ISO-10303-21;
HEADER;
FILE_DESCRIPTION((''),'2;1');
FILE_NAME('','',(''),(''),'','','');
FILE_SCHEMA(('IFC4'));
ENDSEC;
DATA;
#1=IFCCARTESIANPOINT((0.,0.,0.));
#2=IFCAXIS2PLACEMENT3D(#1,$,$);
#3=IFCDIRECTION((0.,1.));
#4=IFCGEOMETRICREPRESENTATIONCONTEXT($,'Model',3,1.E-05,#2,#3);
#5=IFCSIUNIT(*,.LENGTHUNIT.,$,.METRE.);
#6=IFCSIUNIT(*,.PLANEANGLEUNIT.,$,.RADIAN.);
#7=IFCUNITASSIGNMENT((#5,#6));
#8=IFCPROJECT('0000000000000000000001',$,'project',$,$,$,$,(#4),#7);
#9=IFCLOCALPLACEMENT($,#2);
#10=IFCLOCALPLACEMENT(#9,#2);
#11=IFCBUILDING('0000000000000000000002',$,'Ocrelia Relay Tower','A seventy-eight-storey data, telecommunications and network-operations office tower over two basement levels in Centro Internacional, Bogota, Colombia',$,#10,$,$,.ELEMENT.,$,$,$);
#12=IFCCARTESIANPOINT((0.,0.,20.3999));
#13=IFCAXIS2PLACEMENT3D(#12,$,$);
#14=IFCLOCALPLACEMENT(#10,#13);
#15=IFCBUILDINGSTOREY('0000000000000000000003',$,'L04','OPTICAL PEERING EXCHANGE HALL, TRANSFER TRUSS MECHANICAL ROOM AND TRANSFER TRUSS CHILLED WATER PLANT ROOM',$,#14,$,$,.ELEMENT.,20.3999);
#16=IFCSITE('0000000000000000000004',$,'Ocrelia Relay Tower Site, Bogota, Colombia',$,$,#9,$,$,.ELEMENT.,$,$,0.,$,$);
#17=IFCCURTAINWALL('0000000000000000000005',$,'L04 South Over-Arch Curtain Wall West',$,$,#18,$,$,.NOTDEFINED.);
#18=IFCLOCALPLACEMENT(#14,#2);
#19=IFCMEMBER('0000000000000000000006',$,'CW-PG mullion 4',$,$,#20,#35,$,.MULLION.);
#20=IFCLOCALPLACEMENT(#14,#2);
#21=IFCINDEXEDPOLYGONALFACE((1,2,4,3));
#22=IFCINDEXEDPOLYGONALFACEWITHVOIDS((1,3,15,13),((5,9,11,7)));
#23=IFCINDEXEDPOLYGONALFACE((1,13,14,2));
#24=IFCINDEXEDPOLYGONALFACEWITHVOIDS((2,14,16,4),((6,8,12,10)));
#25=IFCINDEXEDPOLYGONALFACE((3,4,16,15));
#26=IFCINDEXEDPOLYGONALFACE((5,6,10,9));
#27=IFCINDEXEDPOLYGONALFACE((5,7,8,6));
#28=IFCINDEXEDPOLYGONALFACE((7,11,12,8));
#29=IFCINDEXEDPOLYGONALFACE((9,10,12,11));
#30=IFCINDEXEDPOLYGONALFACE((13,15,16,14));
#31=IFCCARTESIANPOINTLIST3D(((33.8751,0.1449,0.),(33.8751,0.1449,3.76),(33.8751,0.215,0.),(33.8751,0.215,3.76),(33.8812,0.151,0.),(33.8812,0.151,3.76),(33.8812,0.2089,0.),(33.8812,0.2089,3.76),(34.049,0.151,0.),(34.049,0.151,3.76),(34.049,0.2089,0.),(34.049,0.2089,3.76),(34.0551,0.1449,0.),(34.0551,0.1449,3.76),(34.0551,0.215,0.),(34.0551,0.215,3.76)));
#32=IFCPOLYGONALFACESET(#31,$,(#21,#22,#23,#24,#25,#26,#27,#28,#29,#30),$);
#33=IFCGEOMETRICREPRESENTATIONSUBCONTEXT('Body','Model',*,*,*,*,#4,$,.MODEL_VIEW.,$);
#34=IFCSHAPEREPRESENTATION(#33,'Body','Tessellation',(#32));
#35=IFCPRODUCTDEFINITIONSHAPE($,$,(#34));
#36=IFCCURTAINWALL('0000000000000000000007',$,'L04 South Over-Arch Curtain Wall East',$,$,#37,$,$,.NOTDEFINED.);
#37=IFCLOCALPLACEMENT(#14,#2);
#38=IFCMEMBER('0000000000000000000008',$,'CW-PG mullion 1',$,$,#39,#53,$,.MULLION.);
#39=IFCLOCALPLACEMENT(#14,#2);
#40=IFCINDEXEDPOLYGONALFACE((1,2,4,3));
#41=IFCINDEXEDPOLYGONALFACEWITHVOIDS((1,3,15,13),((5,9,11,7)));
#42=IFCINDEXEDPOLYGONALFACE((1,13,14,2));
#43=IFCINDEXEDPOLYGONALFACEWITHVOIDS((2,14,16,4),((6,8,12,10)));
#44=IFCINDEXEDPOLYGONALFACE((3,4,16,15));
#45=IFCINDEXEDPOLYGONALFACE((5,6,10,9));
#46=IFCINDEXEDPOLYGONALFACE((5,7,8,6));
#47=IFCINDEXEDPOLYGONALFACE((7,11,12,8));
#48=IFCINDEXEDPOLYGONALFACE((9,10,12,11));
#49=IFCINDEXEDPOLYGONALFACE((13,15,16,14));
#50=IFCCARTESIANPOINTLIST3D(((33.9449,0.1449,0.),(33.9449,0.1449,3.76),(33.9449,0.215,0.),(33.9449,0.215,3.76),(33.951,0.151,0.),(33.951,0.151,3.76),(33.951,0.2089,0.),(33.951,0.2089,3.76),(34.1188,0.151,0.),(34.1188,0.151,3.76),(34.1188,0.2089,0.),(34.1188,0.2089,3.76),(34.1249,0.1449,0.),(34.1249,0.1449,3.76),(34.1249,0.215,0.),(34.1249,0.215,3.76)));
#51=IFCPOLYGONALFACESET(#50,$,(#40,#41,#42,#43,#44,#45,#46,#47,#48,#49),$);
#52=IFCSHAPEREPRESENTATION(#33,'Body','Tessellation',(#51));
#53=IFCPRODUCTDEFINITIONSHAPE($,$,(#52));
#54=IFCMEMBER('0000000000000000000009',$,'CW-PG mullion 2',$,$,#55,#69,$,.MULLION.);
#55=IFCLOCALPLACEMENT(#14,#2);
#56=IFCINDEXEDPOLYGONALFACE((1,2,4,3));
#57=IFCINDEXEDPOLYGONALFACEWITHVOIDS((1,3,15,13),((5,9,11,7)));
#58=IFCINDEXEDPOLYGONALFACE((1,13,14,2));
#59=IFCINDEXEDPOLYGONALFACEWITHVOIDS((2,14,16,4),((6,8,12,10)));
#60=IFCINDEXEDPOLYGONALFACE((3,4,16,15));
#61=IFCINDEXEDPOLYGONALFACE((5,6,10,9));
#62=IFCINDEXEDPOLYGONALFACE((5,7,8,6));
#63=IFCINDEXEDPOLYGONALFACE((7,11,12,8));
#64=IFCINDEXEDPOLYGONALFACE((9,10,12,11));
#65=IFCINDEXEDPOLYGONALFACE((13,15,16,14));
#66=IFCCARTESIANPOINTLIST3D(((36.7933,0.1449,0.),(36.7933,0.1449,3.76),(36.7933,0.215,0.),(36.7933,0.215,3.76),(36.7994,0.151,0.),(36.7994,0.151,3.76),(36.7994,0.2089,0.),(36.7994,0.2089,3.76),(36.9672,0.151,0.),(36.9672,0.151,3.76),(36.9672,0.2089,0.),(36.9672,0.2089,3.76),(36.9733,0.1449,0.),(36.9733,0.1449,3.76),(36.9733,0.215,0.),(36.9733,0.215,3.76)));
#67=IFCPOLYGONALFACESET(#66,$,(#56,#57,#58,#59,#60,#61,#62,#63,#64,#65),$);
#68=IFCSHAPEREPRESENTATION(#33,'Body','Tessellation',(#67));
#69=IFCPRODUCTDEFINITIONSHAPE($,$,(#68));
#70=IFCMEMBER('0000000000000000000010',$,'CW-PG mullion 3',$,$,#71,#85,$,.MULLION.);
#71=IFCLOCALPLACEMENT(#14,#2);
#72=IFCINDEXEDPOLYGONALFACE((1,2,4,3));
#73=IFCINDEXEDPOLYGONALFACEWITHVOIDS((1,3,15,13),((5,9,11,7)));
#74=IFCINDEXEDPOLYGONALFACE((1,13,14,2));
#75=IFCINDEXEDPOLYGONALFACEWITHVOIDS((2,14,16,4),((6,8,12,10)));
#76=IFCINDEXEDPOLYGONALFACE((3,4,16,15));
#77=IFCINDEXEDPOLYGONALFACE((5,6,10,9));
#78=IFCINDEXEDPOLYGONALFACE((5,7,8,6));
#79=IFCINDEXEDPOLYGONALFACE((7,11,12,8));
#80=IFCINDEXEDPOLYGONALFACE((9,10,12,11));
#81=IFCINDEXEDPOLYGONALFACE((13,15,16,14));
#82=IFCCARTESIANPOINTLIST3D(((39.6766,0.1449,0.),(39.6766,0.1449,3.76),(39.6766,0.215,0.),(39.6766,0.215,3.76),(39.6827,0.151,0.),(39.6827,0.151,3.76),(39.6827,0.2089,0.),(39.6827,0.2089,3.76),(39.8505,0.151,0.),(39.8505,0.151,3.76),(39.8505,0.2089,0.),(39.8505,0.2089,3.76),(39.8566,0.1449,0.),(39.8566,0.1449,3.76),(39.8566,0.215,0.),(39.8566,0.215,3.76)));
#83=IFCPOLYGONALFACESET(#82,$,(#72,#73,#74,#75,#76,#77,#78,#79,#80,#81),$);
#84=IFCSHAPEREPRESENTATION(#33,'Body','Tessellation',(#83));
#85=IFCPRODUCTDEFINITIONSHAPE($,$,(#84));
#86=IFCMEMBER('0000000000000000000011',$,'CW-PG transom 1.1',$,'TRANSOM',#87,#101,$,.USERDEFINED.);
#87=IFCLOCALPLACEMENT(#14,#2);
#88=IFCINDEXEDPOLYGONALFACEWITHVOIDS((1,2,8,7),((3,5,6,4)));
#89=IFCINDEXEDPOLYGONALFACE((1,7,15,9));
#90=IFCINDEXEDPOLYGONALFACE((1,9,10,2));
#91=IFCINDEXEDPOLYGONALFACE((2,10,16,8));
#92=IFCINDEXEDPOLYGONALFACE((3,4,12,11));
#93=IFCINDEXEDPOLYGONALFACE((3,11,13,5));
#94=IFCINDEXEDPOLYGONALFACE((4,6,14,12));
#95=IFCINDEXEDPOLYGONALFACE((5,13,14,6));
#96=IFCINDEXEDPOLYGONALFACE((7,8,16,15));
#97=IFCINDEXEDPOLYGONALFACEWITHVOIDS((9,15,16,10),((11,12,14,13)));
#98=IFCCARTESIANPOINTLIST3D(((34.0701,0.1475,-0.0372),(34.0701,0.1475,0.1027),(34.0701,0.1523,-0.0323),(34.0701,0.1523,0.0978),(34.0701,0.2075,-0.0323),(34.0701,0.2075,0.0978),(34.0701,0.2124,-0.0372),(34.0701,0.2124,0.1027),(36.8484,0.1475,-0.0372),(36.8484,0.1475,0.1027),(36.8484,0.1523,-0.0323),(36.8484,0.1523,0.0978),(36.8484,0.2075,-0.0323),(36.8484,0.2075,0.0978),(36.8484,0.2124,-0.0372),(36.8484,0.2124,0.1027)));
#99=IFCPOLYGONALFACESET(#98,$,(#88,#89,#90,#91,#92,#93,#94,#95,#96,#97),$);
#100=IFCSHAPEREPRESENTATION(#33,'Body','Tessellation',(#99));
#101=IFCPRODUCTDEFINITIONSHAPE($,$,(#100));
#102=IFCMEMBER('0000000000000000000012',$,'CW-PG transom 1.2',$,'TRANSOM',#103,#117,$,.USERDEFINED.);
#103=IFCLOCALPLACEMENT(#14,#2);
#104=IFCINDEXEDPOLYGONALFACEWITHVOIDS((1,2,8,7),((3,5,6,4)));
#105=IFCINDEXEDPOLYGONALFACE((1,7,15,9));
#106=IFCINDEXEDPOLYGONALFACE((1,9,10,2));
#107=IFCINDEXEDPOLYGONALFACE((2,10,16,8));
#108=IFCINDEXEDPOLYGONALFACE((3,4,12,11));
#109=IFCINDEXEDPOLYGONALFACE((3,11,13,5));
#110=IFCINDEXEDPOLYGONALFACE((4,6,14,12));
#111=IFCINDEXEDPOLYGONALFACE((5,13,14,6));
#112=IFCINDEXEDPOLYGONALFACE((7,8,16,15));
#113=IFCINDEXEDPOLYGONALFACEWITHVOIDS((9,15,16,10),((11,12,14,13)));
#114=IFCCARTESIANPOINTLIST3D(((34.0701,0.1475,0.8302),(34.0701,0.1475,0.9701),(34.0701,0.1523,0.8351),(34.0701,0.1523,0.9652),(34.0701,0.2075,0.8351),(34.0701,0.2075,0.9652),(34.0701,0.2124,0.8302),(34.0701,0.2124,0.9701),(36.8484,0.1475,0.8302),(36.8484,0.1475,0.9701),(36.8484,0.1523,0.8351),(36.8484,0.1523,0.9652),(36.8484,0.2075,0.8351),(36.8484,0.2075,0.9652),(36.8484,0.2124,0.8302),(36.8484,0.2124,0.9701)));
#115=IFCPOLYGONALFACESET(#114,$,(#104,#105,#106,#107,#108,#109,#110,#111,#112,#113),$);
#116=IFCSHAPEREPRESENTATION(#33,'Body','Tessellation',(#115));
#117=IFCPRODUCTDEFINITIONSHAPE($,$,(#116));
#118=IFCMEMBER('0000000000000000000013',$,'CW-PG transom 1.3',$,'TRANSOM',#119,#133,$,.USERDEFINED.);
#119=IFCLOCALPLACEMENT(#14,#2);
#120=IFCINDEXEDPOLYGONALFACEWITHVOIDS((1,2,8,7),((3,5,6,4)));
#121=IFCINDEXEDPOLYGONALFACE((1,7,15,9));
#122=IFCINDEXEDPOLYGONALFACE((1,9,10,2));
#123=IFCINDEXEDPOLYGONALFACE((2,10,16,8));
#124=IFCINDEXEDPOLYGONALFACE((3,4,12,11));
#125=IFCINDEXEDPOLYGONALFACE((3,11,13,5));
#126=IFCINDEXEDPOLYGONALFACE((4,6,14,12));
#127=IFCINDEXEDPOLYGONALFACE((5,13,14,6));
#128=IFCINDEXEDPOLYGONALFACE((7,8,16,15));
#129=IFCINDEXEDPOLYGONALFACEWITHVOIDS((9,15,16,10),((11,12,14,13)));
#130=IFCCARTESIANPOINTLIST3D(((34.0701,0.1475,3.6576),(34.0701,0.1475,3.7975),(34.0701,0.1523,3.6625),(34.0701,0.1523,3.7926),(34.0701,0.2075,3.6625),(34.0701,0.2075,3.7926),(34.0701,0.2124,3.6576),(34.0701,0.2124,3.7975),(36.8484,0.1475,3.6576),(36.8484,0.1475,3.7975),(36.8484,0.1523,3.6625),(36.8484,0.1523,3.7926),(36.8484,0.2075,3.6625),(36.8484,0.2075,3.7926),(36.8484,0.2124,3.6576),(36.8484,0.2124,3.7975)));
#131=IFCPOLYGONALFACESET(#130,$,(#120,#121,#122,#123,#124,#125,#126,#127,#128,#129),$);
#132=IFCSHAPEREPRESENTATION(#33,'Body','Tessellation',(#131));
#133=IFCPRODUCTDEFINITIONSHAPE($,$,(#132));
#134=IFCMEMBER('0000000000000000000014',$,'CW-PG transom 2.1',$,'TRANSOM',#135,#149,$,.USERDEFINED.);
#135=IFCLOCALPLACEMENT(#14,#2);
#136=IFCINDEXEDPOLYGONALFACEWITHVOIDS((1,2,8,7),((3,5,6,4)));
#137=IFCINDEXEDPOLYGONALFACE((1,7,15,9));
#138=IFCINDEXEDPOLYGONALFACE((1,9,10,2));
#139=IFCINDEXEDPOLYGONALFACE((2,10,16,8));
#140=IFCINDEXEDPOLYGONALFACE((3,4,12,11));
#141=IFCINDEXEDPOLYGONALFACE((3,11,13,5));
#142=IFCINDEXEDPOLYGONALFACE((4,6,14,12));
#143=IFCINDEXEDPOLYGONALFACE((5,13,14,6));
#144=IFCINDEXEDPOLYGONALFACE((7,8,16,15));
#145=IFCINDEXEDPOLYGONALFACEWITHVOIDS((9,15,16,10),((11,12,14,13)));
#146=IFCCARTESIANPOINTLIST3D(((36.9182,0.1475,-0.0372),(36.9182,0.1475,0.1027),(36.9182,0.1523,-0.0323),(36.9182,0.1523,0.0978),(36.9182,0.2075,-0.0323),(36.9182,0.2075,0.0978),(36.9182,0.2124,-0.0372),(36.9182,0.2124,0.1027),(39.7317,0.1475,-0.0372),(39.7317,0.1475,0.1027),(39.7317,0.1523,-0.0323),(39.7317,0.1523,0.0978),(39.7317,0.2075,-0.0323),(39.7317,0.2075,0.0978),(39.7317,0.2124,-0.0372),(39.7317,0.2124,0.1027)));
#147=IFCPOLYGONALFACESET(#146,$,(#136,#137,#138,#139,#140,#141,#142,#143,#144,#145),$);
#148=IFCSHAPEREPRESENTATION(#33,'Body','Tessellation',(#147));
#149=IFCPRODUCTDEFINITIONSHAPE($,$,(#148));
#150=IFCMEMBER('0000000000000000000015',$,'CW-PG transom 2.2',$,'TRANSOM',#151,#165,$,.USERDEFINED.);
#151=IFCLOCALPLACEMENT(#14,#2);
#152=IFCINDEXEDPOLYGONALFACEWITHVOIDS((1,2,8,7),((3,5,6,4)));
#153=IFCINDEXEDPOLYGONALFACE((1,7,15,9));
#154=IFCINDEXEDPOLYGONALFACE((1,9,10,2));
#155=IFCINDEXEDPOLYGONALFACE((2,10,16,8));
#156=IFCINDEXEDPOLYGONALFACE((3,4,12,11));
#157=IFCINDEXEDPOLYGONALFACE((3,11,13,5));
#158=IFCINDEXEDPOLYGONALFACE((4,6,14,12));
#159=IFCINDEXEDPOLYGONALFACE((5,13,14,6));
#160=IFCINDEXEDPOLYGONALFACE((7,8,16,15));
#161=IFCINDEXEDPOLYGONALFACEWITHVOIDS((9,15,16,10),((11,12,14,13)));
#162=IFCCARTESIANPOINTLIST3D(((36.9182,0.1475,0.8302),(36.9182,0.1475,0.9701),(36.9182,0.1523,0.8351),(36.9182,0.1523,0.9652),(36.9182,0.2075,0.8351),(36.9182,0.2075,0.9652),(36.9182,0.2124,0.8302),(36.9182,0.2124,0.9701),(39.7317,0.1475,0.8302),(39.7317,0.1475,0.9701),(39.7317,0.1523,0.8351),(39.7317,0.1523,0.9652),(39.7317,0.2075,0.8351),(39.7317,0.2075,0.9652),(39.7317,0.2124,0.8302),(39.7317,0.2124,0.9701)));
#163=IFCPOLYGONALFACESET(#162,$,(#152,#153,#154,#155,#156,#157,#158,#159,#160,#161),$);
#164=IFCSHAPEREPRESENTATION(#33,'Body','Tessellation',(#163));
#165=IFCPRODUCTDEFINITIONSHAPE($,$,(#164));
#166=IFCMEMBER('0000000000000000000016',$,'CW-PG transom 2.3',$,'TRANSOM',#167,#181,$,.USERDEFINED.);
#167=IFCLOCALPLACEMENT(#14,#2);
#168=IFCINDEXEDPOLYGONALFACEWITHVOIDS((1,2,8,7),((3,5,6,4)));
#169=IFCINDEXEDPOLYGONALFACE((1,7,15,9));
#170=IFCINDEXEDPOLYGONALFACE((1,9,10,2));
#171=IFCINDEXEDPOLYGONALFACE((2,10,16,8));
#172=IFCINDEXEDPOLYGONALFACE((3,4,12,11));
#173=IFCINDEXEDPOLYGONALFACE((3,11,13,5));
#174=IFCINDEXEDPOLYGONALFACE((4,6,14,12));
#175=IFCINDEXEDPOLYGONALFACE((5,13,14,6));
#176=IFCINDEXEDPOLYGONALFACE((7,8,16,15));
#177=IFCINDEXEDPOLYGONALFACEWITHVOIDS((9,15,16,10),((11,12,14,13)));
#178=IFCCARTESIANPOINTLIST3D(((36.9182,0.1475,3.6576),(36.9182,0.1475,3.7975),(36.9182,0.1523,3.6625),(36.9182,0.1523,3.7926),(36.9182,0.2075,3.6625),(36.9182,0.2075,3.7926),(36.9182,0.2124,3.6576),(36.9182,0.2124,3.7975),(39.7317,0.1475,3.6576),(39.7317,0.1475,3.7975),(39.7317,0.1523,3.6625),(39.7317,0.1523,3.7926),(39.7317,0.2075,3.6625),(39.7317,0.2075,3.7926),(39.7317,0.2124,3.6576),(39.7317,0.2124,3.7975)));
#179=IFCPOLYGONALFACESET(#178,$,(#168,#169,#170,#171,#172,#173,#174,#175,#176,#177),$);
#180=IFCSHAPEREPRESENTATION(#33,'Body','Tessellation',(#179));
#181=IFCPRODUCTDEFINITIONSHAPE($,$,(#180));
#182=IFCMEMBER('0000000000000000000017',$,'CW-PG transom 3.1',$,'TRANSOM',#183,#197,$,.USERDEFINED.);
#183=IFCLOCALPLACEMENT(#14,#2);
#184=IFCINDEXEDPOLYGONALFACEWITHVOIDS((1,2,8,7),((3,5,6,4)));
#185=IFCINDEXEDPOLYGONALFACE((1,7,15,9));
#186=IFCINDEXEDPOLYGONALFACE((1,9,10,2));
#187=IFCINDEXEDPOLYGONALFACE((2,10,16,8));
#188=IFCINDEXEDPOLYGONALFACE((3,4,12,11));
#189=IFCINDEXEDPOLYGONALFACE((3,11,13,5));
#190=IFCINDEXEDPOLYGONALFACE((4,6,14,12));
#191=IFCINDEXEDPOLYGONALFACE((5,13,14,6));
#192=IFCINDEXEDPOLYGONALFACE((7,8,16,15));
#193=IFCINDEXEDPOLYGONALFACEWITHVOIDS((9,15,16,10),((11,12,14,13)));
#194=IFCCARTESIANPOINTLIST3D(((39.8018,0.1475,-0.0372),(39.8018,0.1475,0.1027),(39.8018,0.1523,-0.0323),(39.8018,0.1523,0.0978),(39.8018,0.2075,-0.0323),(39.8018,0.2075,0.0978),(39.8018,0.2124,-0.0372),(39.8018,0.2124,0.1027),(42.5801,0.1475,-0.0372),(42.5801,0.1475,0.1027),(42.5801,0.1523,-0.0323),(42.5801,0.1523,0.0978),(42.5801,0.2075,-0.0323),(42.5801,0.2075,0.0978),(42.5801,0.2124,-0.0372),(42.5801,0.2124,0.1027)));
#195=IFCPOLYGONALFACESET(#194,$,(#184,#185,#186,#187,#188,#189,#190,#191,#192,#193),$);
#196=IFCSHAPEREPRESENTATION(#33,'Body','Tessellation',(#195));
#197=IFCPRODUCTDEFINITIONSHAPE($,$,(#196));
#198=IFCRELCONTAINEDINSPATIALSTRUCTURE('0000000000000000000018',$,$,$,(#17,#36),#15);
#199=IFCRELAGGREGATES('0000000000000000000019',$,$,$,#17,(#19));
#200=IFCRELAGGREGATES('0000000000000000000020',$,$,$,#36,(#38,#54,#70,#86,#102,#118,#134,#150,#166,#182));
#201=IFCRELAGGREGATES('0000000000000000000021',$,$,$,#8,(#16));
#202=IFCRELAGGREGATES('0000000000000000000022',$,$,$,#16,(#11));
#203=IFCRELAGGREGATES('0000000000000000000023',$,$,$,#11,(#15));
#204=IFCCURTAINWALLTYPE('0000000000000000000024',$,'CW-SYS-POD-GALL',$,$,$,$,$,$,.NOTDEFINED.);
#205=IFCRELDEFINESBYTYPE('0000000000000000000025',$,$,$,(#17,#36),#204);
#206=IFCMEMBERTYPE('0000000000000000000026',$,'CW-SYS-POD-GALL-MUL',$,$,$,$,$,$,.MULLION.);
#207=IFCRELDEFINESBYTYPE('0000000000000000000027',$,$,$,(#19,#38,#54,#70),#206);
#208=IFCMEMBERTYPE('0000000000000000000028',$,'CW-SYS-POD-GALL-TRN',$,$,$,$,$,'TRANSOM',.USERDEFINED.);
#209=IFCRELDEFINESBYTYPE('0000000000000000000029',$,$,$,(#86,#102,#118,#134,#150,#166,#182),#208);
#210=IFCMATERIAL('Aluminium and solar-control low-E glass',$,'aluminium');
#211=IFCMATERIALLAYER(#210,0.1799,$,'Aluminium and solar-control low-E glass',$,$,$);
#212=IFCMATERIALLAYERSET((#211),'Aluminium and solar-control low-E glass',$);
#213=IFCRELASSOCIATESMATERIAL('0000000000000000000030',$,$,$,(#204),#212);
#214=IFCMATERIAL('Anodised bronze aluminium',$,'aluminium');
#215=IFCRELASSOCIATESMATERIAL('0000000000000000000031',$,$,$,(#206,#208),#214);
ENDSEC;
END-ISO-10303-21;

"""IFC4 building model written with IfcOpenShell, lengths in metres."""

from ifc_helpers import new_model, si_unit, direction, frame, origin, origin_2d, place, context, subcontext, project, spatial, hollow_rectangle, extrude, material, layer, layer_set, material_profile, profile_set, type_object, element, aggregate, save


model = new_model("IFC4")

# Units and contexts
model_context = context("Model", 3, precision=1e-05, world=origin(), true_north=direction((0.0, 1.0)))
body_context = subcontext(model_context, "Body", "Model", "MODEL_VIEW")
ifc_project = project(units=[si_unit("LENGTHUNIT", "METRE"), si_unit("PLANEANGLEUNIT", "RADIAN")], contexts=[model_context])

# Site, building, storey
site_placement = place(None, origin())
site = spatial("IfcSite", under=ifc_project, at=site_placement, Name="Ocrelia Relay Tower Site, Bogota, Colombia", CompositionType="ELEMENT", RefElevation=0.0)
building_placement = place(site_placement, origin())
building = spatial("IfcBuilding", under=site, at=building_placement, Name="Ocrelia Relay Tower", Description="A seventy-eight-storey data, telecommunications and network-operations office tower over two basement levels in Centro Internacional, Bogota, Colombia", CompositionType="ELEMENT")
storey_placement = place(building_placement, frame((0.0, 0.0, 20.3999)))
storey = spatial("IfcBuildingStorey", under=building, at=storey_placement, Name="L04", Description="OPTICAL PEERING EXCHANGE HALL, TRANSFER TRUSS MECHANICAL ROOM AND TRANSFER TRUSS CHILLED WATER PLANT ROOM", CompositionType="ELEMENT", Elevation=20.3999)

# Curtain wall, member
ifc_material_1 = material(Name="Aluminium and solar-control low-E glass", Category="aluminium")
ifc_layer_1 = layer(ifc_material_1, 0.1799, Name="Aluminium and solar-control low-E glass")
ifc_layer_set_1 = layer_set([ifc_layer_1], Name="Aluminium and solar-control low-E glass")
curtain_wall_type = type_object("IfcCurtainWallType", Name="CW-SYS-POD-GALL", PredefinedType="NOTDEFINED", material=ifc_layer_set_1)
curtain_wall_1_placement = place(storey_placement, origin())
curtain_wall_1 = element("IfcCurtainWall", 1, at=curtain_wall_1_placement, inside=storey, type_object=curtain_wall_type, Name="L04 South Over-Arch Curtain Wall West", PredefinedType="NOTDEFINED")
ifc_material_2 = material(Name="Anodised bronze aluminium", Category="aluminium")
ifc_material_profile_1 = material_profile(ifc_material_2, hollow_rectangle(XDim=0.0701, YDim=0.1799, WallThickness=0.0061, at=origin_2d()), Name="CW-MUL-180x70")
ifc_profile_set_1 = profile_set([ifc_material_profile_1], Name="Anodised bronze aluminium")
member_type_1 = type_object("IfcMemberType", Name="CW-SYS-POD-GALL-MUL", PredefinedType="MULLION", material=ifc_profile_set_1)
member_1_placement = place(storey_placement, frame((33.9651, 0.1799, 0.0), z_axis=(0.0, 0.0, 1.0), x_axis=(0.0, 1.0, 0.0)))
member_1 = element("IfcMember", 2, at=member_1_placement, type_object=member_type_1, Name="CW-PG mullion 4", PredefinedType="MULLION", context=body_context, shape_type="SweptSolid", body=[
    extrude(hollow_rectangle(XDim=0.0701, YDim=0.1799, WallThickness=0.0061, at=origin_2d()), origin(), (0.0, 0.0, 1.0), 3.76),
])

# Curtain wall, members
curtain_wall_2_placement = place(storey_placement, origin())
curtain_wall_2 = element("IfcCurtainWall", 3, at=curtain_wall_2_placement, inside=storey, type_object=curtain_wall_type, Name="L04 South Over-Arch Curtain Wall East", PredefinedType="NOTDEFINED")
member_2_placement = place(storey_placement, frame((34.0349, 0.1799, 0.0), z_axis=(0.0, 0.0, 1.0), x_axis=(0.0, 1.0, 0.0)))
member_2 = element("IfcMember", 4, at=member_2_placement, type_object=member_type_1, Name="CW-PG mullion 1", PredefinedType="MULLION", context=body_context, shape_type="SweptSolid", body=[
    extrude(hollow_rectangle(XDim=0.0701, YDim=0.1799, WallThickness=0.0061, at=origin_2d()), origin(), (0.0, 0.0, 1.0), 3.76),
])
member_3_placement = place(storey_placement, frame((36.8833, 0.1799, 0.0), z_axis=(0.0, 0.0, 1.0), x_axis=(0.0, 1.0, 0.0)))
member_3 = element("IfcMember", 5, at=member_3_placement, type_object=member_type_1, Name="CW-PG mullion 2", PredefinedType="MULLION", context=body_context, shape_type="SweptSolid", body=[
    extrude(hollow_rectangle(XDim=0.0701, YDim=0.1799, WallThickness=0.0061, at=origin_2d()), origin(), (0.0, 0.0, 1.0), 3.76),
])
member_4_placement = place(storey_placement, frame((39.7666, 0.1799, 0.0), z_axis=(0.0, 0.0, 1.0), x_axis=(0.0, 1.0, 0.0)))
member_4 = element("IfcMember", 6, at=member_4_placement, type_object=member_type_1, Name="CW-PG mullion 3", PredefinedType="MULLION", context=body_context, shape_type="SweptSolid", body=[
    extrude(hollow_rectangle(XDim=0.0701, YDim=0.1799, WallThickness=0.0061, at=origin_2d()), origin(), (0.0, 0.0, 1.0), 3.76),
])
ifc_material_profile_2 = material_profile(ifc_material_2, hollow_rectangle(XDim=0.0649, YDim=0.1399, WallThickness=0.0049, at=origin_2d()), Name="CW-TRN-140x65")
ifc_profile_set_2 = profile_set([ifc_material_profile_2], Name="Anodised bronze aluminium")
member_type_2 = type_object("IfcMemberType", Name="CW-SYS-POD-GALL-TRN", ElementType="TRANSOM", PredefinedType="USERDEFINED", material=ifc_profile_set_2)
member_5_placement = place(storey_placement, frame((34.0701, 0.1799, 0.0327), z_axis=(1.0, 0.0, 0.0), x_axis=(0.0, 1.0, 0.0)))
member_5 = element("IfcMember", 7, at=member_5_placement, type_object=member_type_2, Name="CW-PG transom 1.1", ObjectType="TRANSOM", PredefinedType="USERDEFINED", context=body_context, shape_type="SweptSolid", body=[
    extrude(hollow_rectangle(XDim=0.0649, YDim=0.1399, WallThickness=0.0049, at=origin_2d()), origin(), (0.0, 0.0, 1.0), 2.7783),
])
member_6_placement = place(storey_placement, frame((34.0701, 0.1799, 0.9001), z_axis=(1.0, 0.0, 0.0), x_axis=(0.0, 1.0, 0.0)))
member_6 = element("IfcMember", 8, at=member_6_placement, type_object=member_type_2, Name="CW-PG transom 1.2", ObjectType="TRANSOM", PredefinedType="USERDEFINED", context=body_context, shape_type="SweptSolid", body=[
    extrude(hollow_rectangle(XDim=0.0649, YDim=0.1399, WallThickness=0.0049, at=origin_2d()), origin(), (0.0, 0.0, 1.0), 2.7783),
])
member_7_placement = place(storey_placement, frame((34.0701, 0.1799, 3.7275), z_axis=(1.0, 0.0, 0.0), x_axis=(0.0, 1.0, 0.0)))
member_7 = element("IfcMember", 9, at=member_7_placement, type_object=member_type_2, Name="CW-PG transom 1.3", ObjectType="TRANSOM", PredefinedType="USERDEFINED", context=body_context, shape_type="SweptSolid", body=[
    extrude(hollow_rectangle(XDim=0.0649, YDim=0.1399, WallThickness=0.0049, at=origin_2d()), origin(), (0.0, 0.0, 1.0), 2.7783),
])
member_8_placement = place(storey_placement, frame((36.9182, 0.1799, 0.0327), z_axis=(1.0, 0.0, 0.0), x_axis=(0.0, 1.0, 0.0)))
member_8 = element("IfcMember", 10, at=member_8_placement, type_object=member_type_2, Name="CW-PG transom 2.1", ObjectType="TRANSOM", PredefinedType="USERDEFINED", context=body_context, shape_type="SweptSolid", body=[
    extrude(hollow_rectangle(XDim=0.0649, YDim=0.1399, WallThickness=0.0049, at=origin_2d()), origin(), (0.0, 0.0, 1.0), 2.8135),
])
member_9_placement = place(storey_placement, frame((36.9182, 0.1799, 0.9001), z_axis=(1.0, 0.0, 0.0), x_axis=(0.0, 1.0, 0.0)))
member_9 = element("IfcMember", 11, at=member_9_placement, type_object=member_type_2, Name="CW-PG transom 2.2", ObjectType="TRANSOM", PredefinedType="USERDEFINED", context=body_context, shape_type="SweptSolid", body=[
    extrude(hollow_rectangle(XDim=0.0649, YDim=0.1399, WallThickness=0.0049, at=origin_2d()), origin(), (0.0, 0.0, 1.0), 2.8135),
])
member_10_placement = place(storey_placement, frame((36.9182, 0.1799, 3.7275), z_axis=(1.0, 0.0, 0.0), x_axis=(0.0, 1.0, 0.0)))
member_10 = element("IfcMember", 12, at=member_10_placement, type_object=member_type_2, Name="CW-PG transom 2.3", ObjectType="TRANSOM", PredefinedType="USERDEFINED", context=body_context, shape_type="SweptSolid", body=[
    extrude(hollow_rectangle(XDim=0.0649, YDim=0.1399, WallThickness=0.0049, at=origin_2d()), origin(), (0.0, 0.0, 1.0), 2.8135),
])
member_11_placement = place(storey_placement, frame((39.8018, 0.1799, 0.0327), z_axis=(1.0, 0.0, 0.0), x_axis=(0.0, 1.0, 0.0)))
member_11 = element("IfcMember", 13, at=member_11_placement, type_object=member_type_2, Name="CW-PG transom 3.1", ObjectType="TRANSOM", PredefinedType="USERDEFINED", context=body_context, shape_type="SweptSolid", body=[
    extrude(hollow_rectangle(XDim=0.0649, YDim=0.1399, WallThickness=0.0049, at=origin_2d()), origin(), (0.0, 0.0, 1.0), 2.7783),
])

aggregate(curtain_wall_1, [member_1])
aggregate(curtain_wall_2, [member_2, member_3, member_4, member_5, member_6, member_7, member_8, member_9, member_10, member_11])

save(model, "model.ifc")
